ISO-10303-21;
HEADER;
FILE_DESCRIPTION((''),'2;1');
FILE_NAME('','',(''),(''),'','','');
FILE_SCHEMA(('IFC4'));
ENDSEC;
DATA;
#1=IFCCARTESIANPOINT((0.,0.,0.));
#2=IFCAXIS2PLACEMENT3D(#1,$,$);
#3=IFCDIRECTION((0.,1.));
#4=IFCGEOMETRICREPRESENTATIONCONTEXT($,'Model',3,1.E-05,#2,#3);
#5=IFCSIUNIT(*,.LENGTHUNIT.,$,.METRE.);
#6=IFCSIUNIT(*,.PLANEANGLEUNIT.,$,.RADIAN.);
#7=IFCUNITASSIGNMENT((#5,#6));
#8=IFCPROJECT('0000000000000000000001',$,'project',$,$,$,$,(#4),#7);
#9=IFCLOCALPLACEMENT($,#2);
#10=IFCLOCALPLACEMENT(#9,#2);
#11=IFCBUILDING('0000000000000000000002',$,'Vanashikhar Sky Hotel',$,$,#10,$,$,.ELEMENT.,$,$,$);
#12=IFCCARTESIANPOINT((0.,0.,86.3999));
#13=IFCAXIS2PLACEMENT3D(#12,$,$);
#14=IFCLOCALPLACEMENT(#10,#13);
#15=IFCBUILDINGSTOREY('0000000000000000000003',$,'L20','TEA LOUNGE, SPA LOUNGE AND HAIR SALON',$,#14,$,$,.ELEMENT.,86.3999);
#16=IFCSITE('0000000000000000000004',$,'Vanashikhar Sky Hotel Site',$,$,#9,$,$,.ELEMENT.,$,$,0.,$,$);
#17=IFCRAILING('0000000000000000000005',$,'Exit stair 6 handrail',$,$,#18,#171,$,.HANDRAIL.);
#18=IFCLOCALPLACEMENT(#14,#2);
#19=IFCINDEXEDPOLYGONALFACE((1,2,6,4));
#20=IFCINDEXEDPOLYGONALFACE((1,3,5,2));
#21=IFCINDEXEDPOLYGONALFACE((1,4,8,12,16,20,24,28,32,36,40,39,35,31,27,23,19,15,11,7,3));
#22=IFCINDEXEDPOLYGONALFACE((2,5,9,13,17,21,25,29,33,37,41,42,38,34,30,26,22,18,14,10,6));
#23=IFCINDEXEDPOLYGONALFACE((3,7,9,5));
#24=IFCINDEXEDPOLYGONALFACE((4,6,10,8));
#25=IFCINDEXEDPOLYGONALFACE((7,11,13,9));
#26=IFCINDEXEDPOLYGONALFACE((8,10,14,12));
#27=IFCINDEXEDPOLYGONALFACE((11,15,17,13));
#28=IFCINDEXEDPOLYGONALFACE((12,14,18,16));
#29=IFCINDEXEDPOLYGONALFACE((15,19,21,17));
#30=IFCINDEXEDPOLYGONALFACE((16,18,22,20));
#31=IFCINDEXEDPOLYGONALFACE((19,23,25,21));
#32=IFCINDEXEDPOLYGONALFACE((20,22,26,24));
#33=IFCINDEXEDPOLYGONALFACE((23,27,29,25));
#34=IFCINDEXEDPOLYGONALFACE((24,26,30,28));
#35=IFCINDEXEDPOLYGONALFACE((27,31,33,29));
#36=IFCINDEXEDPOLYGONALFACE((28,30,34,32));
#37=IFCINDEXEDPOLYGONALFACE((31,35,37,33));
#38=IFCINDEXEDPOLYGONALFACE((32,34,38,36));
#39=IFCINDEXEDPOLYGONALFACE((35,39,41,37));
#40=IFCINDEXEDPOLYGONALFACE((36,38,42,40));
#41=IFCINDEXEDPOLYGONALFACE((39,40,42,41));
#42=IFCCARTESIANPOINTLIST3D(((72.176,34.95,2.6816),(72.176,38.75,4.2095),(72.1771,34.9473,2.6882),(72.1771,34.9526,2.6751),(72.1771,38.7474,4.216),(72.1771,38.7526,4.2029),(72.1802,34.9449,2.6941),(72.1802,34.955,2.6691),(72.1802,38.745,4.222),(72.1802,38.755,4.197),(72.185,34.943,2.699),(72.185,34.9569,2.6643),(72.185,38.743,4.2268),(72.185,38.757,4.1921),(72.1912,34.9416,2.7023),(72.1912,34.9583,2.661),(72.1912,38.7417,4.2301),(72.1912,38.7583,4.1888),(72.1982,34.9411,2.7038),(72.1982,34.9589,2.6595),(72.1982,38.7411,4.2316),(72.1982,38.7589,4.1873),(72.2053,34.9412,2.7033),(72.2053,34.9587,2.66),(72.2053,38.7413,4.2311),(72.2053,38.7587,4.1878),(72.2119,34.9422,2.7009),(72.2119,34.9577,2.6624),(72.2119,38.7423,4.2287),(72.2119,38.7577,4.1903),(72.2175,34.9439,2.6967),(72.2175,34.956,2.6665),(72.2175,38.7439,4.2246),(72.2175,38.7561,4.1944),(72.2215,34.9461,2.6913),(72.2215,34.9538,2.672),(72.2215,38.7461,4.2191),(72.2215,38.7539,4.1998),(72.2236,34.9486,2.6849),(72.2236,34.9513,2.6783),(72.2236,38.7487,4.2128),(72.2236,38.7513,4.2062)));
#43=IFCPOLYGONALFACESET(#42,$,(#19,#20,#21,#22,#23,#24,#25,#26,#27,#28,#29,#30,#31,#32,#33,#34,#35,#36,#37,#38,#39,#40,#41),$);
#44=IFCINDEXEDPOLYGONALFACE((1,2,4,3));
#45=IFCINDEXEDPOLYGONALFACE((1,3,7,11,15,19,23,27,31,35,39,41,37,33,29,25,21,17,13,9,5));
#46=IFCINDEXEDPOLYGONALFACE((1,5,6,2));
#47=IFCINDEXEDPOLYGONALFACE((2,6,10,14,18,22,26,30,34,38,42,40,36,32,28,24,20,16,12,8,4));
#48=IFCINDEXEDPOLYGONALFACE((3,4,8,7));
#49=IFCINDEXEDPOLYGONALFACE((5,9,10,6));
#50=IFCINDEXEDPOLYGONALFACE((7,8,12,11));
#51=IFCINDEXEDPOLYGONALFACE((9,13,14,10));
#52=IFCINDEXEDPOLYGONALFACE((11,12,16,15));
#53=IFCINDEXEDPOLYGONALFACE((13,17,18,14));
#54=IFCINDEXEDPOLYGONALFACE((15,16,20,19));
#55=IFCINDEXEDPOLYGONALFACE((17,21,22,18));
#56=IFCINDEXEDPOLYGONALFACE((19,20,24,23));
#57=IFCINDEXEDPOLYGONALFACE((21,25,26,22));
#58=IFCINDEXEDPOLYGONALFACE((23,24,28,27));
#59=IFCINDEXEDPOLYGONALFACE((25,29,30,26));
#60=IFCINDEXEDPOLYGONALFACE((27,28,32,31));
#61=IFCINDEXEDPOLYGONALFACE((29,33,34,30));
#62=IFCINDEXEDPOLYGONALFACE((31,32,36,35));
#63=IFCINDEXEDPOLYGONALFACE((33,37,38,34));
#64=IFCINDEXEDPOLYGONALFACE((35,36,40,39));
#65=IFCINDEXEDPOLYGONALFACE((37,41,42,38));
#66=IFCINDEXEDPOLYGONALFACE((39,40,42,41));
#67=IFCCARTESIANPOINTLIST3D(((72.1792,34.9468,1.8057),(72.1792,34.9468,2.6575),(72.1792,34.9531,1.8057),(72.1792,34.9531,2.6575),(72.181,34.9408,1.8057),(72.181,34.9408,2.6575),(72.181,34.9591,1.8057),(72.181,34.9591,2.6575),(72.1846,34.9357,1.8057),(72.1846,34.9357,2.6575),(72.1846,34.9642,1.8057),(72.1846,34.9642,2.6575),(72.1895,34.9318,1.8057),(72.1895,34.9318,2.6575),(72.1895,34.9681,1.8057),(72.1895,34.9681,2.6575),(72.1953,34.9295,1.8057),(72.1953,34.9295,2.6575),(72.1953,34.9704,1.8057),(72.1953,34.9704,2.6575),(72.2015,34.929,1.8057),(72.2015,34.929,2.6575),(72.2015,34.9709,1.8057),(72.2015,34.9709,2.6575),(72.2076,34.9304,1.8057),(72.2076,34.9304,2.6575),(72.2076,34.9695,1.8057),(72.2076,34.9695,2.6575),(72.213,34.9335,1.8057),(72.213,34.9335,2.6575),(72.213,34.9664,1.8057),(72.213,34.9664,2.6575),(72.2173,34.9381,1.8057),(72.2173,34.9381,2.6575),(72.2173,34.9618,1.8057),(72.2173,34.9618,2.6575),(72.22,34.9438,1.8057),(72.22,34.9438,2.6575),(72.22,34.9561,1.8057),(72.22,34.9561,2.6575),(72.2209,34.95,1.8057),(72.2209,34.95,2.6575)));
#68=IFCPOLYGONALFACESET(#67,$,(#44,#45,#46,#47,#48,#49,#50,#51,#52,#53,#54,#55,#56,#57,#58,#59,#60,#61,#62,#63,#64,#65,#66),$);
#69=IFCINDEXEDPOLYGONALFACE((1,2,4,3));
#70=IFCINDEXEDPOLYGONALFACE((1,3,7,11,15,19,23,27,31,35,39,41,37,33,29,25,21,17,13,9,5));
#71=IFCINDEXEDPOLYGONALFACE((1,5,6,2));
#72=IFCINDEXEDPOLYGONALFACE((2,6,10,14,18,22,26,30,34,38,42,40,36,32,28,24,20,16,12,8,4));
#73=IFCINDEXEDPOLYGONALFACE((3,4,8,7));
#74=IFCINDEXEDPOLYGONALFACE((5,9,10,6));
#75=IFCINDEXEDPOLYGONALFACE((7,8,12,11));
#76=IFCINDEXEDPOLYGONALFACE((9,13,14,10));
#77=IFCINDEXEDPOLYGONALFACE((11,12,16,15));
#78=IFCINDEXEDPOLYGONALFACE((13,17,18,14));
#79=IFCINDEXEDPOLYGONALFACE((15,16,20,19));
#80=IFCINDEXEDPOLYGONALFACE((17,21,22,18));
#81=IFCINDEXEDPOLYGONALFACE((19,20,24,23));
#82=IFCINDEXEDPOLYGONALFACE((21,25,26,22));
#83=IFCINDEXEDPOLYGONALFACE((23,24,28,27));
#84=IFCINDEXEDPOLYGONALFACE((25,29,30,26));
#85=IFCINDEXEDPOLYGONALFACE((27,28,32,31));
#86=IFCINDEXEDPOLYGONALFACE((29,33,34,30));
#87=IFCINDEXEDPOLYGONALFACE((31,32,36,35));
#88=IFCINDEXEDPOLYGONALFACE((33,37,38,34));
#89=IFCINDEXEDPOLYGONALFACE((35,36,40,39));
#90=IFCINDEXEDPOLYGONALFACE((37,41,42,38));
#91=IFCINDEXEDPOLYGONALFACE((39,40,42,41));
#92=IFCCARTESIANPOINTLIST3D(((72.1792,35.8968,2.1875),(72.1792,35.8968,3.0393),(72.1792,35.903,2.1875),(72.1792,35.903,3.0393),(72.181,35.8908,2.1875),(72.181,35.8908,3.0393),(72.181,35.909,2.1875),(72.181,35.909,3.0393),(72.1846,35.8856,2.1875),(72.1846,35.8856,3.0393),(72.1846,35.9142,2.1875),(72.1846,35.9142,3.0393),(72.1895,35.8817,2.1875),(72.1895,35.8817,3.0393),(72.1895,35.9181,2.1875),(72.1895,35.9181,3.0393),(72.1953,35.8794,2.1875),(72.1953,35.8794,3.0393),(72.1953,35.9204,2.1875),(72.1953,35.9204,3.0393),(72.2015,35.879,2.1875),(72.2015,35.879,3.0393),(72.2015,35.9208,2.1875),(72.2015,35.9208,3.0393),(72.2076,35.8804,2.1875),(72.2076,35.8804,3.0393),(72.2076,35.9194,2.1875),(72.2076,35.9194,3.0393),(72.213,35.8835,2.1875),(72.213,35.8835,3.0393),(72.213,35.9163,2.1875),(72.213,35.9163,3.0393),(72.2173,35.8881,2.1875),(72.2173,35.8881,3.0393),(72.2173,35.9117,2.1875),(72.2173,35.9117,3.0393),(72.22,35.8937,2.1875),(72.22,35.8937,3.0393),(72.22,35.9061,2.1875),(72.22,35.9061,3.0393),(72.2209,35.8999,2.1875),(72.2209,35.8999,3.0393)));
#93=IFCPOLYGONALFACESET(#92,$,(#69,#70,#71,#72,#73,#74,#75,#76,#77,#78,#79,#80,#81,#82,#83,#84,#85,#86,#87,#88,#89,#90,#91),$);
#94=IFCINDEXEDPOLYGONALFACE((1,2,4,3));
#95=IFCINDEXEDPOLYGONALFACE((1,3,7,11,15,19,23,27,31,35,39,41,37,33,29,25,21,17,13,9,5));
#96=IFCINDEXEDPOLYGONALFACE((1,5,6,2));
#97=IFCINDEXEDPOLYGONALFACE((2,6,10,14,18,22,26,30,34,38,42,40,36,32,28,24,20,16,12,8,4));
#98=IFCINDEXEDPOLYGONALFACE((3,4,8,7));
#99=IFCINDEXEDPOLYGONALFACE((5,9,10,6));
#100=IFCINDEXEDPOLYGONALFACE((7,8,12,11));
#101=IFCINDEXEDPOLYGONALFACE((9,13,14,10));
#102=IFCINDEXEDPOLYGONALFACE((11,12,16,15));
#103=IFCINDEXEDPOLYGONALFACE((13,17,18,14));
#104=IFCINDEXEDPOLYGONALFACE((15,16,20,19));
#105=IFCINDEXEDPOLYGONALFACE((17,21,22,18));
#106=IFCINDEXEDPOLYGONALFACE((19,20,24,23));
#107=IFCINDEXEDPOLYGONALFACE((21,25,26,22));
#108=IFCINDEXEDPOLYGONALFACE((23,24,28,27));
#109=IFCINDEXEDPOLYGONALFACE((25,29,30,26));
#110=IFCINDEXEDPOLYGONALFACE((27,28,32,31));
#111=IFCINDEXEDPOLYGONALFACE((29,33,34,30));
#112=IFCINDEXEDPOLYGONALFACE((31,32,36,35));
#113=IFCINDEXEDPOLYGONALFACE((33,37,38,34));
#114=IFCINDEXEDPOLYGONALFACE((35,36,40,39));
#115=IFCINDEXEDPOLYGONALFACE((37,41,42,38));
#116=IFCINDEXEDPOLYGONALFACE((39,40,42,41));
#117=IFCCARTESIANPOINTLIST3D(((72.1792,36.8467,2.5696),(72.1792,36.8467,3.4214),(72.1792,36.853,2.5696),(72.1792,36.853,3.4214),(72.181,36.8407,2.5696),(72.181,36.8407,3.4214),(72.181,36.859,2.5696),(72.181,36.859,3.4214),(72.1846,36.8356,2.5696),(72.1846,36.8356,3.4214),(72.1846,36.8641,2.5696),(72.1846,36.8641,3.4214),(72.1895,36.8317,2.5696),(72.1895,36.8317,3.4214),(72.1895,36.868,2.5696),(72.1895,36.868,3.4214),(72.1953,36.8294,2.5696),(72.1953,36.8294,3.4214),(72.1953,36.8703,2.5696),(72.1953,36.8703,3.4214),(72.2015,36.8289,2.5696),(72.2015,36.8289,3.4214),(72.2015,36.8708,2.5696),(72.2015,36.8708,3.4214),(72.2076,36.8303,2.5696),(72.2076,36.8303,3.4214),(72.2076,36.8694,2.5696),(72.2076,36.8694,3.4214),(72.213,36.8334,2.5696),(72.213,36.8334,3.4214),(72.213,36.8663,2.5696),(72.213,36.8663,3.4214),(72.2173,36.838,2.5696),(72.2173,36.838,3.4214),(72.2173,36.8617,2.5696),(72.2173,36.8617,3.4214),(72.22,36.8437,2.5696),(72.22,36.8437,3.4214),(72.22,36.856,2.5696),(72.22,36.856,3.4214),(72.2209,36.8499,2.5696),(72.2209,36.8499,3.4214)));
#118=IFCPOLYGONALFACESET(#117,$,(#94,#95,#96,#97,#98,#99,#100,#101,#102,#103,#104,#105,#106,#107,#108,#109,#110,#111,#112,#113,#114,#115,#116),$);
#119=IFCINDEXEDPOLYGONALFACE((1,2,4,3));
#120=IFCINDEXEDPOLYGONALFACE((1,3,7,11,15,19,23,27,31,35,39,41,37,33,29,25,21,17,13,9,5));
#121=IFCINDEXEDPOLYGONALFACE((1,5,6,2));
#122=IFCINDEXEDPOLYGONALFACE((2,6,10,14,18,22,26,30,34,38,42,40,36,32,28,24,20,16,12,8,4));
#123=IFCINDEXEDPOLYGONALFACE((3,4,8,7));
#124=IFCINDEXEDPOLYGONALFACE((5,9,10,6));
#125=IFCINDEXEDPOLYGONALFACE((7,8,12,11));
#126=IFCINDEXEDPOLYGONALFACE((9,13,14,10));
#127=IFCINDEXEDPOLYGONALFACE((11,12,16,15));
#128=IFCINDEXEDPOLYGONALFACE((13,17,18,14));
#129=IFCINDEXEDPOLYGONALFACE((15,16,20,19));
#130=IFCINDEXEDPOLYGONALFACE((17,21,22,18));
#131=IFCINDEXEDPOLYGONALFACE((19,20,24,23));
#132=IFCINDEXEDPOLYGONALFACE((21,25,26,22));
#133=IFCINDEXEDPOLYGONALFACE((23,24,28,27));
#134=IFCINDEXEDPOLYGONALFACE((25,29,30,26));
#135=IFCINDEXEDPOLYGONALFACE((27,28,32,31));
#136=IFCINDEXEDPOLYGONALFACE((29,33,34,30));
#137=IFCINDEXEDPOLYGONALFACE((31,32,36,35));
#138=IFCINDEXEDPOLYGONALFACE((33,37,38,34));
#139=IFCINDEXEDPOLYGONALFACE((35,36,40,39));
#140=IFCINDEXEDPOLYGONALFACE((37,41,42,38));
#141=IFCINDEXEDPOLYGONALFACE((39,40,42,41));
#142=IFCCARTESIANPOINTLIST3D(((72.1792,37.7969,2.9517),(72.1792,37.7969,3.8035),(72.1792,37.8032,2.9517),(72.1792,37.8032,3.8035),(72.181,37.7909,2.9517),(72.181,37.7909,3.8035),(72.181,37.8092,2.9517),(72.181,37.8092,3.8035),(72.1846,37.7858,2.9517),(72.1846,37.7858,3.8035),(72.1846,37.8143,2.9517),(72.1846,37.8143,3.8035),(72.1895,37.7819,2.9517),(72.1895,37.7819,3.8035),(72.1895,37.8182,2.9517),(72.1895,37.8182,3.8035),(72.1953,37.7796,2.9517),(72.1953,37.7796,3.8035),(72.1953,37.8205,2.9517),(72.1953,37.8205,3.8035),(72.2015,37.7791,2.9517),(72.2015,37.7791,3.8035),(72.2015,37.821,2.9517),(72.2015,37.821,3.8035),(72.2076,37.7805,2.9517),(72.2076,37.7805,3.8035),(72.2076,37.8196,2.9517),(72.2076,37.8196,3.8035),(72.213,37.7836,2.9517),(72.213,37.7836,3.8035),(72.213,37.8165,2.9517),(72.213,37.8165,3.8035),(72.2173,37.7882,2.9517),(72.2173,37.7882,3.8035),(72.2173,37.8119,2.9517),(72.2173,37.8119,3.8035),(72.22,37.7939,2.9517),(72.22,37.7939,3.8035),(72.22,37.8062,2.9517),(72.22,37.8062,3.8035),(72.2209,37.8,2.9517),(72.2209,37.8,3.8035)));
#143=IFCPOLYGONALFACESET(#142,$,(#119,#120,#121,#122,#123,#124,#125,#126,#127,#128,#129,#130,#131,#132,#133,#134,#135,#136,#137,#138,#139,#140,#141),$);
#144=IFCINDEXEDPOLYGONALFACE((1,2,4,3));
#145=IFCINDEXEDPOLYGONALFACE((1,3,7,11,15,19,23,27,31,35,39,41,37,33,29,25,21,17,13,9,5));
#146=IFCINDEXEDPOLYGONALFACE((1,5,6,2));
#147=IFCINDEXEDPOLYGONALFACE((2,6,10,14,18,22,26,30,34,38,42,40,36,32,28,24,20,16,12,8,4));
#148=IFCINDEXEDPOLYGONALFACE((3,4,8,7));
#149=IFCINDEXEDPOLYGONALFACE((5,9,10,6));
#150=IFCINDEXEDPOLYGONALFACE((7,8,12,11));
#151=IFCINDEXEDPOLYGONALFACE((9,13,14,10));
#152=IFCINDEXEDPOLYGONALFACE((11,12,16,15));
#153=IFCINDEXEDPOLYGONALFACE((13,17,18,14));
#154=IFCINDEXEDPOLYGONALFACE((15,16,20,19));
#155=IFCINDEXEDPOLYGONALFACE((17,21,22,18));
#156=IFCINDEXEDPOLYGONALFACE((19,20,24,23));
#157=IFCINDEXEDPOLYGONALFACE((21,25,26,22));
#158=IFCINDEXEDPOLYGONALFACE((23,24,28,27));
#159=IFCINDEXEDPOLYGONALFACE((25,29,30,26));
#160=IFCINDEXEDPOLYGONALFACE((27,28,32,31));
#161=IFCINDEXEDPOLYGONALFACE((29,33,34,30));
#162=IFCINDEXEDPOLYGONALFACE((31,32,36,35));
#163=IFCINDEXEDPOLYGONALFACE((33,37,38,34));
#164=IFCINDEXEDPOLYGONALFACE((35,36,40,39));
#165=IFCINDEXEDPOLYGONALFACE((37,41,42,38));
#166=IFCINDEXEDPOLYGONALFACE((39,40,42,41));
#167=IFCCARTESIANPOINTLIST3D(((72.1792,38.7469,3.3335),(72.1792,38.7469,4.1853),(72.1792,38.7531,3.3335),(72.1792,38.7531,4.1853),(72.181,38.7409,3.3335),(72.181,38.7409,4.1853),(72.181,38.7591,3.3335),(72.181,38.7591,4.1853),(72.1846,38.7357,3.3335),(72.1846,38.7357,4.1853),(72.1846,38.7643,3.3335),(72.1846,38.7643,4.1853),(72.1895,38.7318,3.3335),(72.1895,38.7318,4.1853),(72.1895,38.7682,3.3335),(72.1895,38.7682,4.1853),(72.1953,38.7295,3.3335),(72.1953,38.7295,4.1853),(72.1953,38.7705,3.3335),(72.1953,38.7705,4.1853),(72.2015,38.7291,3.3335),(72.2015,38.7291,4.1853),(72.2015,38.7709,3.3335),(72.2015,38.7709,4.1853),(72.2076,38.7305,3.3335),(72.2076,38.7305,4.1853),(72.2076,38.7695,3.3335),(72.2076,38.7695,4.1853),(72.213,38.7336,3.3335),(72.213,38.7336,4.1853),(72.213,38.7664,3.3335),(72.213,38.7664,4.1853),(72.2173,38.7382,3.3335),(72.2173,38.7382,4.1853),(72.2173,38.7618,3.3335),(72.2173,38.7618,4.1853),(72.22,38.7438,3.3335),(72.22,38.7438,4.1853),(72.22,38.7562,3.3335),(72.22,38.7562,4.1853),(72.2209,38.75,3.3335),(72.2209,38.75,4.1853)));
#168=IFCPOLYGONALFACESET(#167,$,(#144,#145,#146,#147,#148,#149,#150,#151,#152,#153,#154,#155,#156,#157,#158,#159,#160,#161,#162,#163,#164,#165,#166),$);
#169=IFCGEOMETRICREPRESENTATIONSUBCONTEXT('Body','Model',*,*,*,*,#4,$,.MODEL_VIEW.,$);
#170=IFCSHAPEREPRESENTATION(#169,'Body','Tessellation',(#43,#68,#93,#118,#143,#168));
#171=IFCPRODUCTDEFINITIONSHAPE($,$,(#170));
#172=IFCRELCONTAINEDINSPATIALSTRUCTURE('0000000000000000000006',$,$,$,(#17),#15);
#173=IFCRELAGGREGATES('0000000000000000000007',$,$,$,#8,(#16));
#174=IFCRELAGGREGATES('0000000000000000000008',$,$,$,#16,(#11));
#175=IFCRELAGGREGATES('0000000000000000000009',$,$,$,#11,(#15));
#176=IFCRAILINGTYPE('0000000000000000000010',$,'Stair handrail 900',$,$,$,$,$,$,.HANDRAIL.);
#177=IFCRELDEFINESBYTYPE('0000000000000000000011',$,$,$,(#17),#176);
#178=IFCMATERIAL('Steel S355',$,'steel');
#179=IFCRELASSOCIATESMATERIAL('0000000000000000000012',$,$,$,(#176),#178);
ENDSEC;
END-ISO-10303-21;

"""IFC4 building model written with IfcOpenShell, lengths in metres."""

from ifc_helpers import new_model, si_unit, direction, frame, origin, origin_2d, place, context, subcontext, project, spatial, circle, extrude, source, transform, mapped, material, type_object, element, save


model = new_model("IFC4")

# Units and contexts
model_context = context("Model", 3, precision=1e-05, world=origin(), true_north=direction((0.0, 1.0)))
body_context = subcontext(model_context, "Body", "Model", "MODEL_VIEW")
ifc_project = project(units=[si_unit("LENGTHUNIT", "METRE"), si_unit("PLANEANGLEUNIT", "RADIAN")], contexts=[model_context])

# Site, building, storey
site_placement = place(None, origin())
site = spatial("IfcSite", under=ifc_project, at=site_placement, Name="Vanashikhar Sky Hotel Site", CompositionType="ELEMENT", RefElevation=0.0)
building_placement = place(site_placement, origin())
building = spatial("IfcBuilding", under=site, at=building_placement, Name="Vanashikhar Sky Hotel", CompositionType="ELEMENT")
storey_placement = place(building_placement, frame((0.0, 0.0, 86.3999)))
storey = spatial("IfcBuildingStorey", under=building, at=storey_placement, Name="L20", Description="TEA LOUNGE, SPA LOUNGE AND HAIR SALON", CompositionType="ELEMENT", Elevation=86.3999)

# Railing
ifc_material_1 = material(Name="Steel S355", Category="steel")
railing_type_1 = type_object("IfcRailingType", Name="Stair handrail 900", PredefinedType="HANDRAIL", material=ifc_material_1)
shared_shape_1 = source(origin(), body_context, "Body", "SweptSolid", [
    extrude(circle(Radius=0.0239, at=origin_2d()), frame((0.0, 0.0, 0.876), z_axis=(0.0, 0.927817, 0.373034), x_axis=(-1.0, 0.0, 0.0)), (0.0, 0.0, 1.0), 4.0957),
    extrude(circle(Radius=0.021, at=origin_2d()), origin(), (0.0, 0.0, 1.0), 0.8518),
    extrude(circle(Radius=0.021, at=origin_2d()), frame((0.0, 0.95, 0.3818)), (0.0, 0.0, 1.0), 0.8518),
    extrude(circle(Radius=0.021, at=origin_2d()), frame((0.0, 1.8999, 0.7639)), (0.0, 0.0, 1.0), 0.8518),
    extrude(circle(Radius=0.021, at=origin_2d()), frame((0.0, 2.8501, 1.146)), (0.0, 0.0, 1.0), 0.8518),
    extrude(circle(Radius=0.021, at=origin_2d()), frame((0.0, 3.8, 1.5278)), (0.0, 0.0, 1.0), 0.8518),
])
for number, where, name in (
    (1, (72.2, 34.95, 1.8057), "Exit stair 6 handrail"),
):
    element("IfcRailing", number, at=place(storey_placement, frame(where)), inside=storey, type_object=railing_type_1, Name=name, PredefinedType="HANDRAIL", context=body_context, shape_type="MappedRepresentation", body=[
        mapped(shared_shape_1, transform((0.0, 0.0, 0.0), scale=1.0)),
    ])

save(model, "model.ifc")
